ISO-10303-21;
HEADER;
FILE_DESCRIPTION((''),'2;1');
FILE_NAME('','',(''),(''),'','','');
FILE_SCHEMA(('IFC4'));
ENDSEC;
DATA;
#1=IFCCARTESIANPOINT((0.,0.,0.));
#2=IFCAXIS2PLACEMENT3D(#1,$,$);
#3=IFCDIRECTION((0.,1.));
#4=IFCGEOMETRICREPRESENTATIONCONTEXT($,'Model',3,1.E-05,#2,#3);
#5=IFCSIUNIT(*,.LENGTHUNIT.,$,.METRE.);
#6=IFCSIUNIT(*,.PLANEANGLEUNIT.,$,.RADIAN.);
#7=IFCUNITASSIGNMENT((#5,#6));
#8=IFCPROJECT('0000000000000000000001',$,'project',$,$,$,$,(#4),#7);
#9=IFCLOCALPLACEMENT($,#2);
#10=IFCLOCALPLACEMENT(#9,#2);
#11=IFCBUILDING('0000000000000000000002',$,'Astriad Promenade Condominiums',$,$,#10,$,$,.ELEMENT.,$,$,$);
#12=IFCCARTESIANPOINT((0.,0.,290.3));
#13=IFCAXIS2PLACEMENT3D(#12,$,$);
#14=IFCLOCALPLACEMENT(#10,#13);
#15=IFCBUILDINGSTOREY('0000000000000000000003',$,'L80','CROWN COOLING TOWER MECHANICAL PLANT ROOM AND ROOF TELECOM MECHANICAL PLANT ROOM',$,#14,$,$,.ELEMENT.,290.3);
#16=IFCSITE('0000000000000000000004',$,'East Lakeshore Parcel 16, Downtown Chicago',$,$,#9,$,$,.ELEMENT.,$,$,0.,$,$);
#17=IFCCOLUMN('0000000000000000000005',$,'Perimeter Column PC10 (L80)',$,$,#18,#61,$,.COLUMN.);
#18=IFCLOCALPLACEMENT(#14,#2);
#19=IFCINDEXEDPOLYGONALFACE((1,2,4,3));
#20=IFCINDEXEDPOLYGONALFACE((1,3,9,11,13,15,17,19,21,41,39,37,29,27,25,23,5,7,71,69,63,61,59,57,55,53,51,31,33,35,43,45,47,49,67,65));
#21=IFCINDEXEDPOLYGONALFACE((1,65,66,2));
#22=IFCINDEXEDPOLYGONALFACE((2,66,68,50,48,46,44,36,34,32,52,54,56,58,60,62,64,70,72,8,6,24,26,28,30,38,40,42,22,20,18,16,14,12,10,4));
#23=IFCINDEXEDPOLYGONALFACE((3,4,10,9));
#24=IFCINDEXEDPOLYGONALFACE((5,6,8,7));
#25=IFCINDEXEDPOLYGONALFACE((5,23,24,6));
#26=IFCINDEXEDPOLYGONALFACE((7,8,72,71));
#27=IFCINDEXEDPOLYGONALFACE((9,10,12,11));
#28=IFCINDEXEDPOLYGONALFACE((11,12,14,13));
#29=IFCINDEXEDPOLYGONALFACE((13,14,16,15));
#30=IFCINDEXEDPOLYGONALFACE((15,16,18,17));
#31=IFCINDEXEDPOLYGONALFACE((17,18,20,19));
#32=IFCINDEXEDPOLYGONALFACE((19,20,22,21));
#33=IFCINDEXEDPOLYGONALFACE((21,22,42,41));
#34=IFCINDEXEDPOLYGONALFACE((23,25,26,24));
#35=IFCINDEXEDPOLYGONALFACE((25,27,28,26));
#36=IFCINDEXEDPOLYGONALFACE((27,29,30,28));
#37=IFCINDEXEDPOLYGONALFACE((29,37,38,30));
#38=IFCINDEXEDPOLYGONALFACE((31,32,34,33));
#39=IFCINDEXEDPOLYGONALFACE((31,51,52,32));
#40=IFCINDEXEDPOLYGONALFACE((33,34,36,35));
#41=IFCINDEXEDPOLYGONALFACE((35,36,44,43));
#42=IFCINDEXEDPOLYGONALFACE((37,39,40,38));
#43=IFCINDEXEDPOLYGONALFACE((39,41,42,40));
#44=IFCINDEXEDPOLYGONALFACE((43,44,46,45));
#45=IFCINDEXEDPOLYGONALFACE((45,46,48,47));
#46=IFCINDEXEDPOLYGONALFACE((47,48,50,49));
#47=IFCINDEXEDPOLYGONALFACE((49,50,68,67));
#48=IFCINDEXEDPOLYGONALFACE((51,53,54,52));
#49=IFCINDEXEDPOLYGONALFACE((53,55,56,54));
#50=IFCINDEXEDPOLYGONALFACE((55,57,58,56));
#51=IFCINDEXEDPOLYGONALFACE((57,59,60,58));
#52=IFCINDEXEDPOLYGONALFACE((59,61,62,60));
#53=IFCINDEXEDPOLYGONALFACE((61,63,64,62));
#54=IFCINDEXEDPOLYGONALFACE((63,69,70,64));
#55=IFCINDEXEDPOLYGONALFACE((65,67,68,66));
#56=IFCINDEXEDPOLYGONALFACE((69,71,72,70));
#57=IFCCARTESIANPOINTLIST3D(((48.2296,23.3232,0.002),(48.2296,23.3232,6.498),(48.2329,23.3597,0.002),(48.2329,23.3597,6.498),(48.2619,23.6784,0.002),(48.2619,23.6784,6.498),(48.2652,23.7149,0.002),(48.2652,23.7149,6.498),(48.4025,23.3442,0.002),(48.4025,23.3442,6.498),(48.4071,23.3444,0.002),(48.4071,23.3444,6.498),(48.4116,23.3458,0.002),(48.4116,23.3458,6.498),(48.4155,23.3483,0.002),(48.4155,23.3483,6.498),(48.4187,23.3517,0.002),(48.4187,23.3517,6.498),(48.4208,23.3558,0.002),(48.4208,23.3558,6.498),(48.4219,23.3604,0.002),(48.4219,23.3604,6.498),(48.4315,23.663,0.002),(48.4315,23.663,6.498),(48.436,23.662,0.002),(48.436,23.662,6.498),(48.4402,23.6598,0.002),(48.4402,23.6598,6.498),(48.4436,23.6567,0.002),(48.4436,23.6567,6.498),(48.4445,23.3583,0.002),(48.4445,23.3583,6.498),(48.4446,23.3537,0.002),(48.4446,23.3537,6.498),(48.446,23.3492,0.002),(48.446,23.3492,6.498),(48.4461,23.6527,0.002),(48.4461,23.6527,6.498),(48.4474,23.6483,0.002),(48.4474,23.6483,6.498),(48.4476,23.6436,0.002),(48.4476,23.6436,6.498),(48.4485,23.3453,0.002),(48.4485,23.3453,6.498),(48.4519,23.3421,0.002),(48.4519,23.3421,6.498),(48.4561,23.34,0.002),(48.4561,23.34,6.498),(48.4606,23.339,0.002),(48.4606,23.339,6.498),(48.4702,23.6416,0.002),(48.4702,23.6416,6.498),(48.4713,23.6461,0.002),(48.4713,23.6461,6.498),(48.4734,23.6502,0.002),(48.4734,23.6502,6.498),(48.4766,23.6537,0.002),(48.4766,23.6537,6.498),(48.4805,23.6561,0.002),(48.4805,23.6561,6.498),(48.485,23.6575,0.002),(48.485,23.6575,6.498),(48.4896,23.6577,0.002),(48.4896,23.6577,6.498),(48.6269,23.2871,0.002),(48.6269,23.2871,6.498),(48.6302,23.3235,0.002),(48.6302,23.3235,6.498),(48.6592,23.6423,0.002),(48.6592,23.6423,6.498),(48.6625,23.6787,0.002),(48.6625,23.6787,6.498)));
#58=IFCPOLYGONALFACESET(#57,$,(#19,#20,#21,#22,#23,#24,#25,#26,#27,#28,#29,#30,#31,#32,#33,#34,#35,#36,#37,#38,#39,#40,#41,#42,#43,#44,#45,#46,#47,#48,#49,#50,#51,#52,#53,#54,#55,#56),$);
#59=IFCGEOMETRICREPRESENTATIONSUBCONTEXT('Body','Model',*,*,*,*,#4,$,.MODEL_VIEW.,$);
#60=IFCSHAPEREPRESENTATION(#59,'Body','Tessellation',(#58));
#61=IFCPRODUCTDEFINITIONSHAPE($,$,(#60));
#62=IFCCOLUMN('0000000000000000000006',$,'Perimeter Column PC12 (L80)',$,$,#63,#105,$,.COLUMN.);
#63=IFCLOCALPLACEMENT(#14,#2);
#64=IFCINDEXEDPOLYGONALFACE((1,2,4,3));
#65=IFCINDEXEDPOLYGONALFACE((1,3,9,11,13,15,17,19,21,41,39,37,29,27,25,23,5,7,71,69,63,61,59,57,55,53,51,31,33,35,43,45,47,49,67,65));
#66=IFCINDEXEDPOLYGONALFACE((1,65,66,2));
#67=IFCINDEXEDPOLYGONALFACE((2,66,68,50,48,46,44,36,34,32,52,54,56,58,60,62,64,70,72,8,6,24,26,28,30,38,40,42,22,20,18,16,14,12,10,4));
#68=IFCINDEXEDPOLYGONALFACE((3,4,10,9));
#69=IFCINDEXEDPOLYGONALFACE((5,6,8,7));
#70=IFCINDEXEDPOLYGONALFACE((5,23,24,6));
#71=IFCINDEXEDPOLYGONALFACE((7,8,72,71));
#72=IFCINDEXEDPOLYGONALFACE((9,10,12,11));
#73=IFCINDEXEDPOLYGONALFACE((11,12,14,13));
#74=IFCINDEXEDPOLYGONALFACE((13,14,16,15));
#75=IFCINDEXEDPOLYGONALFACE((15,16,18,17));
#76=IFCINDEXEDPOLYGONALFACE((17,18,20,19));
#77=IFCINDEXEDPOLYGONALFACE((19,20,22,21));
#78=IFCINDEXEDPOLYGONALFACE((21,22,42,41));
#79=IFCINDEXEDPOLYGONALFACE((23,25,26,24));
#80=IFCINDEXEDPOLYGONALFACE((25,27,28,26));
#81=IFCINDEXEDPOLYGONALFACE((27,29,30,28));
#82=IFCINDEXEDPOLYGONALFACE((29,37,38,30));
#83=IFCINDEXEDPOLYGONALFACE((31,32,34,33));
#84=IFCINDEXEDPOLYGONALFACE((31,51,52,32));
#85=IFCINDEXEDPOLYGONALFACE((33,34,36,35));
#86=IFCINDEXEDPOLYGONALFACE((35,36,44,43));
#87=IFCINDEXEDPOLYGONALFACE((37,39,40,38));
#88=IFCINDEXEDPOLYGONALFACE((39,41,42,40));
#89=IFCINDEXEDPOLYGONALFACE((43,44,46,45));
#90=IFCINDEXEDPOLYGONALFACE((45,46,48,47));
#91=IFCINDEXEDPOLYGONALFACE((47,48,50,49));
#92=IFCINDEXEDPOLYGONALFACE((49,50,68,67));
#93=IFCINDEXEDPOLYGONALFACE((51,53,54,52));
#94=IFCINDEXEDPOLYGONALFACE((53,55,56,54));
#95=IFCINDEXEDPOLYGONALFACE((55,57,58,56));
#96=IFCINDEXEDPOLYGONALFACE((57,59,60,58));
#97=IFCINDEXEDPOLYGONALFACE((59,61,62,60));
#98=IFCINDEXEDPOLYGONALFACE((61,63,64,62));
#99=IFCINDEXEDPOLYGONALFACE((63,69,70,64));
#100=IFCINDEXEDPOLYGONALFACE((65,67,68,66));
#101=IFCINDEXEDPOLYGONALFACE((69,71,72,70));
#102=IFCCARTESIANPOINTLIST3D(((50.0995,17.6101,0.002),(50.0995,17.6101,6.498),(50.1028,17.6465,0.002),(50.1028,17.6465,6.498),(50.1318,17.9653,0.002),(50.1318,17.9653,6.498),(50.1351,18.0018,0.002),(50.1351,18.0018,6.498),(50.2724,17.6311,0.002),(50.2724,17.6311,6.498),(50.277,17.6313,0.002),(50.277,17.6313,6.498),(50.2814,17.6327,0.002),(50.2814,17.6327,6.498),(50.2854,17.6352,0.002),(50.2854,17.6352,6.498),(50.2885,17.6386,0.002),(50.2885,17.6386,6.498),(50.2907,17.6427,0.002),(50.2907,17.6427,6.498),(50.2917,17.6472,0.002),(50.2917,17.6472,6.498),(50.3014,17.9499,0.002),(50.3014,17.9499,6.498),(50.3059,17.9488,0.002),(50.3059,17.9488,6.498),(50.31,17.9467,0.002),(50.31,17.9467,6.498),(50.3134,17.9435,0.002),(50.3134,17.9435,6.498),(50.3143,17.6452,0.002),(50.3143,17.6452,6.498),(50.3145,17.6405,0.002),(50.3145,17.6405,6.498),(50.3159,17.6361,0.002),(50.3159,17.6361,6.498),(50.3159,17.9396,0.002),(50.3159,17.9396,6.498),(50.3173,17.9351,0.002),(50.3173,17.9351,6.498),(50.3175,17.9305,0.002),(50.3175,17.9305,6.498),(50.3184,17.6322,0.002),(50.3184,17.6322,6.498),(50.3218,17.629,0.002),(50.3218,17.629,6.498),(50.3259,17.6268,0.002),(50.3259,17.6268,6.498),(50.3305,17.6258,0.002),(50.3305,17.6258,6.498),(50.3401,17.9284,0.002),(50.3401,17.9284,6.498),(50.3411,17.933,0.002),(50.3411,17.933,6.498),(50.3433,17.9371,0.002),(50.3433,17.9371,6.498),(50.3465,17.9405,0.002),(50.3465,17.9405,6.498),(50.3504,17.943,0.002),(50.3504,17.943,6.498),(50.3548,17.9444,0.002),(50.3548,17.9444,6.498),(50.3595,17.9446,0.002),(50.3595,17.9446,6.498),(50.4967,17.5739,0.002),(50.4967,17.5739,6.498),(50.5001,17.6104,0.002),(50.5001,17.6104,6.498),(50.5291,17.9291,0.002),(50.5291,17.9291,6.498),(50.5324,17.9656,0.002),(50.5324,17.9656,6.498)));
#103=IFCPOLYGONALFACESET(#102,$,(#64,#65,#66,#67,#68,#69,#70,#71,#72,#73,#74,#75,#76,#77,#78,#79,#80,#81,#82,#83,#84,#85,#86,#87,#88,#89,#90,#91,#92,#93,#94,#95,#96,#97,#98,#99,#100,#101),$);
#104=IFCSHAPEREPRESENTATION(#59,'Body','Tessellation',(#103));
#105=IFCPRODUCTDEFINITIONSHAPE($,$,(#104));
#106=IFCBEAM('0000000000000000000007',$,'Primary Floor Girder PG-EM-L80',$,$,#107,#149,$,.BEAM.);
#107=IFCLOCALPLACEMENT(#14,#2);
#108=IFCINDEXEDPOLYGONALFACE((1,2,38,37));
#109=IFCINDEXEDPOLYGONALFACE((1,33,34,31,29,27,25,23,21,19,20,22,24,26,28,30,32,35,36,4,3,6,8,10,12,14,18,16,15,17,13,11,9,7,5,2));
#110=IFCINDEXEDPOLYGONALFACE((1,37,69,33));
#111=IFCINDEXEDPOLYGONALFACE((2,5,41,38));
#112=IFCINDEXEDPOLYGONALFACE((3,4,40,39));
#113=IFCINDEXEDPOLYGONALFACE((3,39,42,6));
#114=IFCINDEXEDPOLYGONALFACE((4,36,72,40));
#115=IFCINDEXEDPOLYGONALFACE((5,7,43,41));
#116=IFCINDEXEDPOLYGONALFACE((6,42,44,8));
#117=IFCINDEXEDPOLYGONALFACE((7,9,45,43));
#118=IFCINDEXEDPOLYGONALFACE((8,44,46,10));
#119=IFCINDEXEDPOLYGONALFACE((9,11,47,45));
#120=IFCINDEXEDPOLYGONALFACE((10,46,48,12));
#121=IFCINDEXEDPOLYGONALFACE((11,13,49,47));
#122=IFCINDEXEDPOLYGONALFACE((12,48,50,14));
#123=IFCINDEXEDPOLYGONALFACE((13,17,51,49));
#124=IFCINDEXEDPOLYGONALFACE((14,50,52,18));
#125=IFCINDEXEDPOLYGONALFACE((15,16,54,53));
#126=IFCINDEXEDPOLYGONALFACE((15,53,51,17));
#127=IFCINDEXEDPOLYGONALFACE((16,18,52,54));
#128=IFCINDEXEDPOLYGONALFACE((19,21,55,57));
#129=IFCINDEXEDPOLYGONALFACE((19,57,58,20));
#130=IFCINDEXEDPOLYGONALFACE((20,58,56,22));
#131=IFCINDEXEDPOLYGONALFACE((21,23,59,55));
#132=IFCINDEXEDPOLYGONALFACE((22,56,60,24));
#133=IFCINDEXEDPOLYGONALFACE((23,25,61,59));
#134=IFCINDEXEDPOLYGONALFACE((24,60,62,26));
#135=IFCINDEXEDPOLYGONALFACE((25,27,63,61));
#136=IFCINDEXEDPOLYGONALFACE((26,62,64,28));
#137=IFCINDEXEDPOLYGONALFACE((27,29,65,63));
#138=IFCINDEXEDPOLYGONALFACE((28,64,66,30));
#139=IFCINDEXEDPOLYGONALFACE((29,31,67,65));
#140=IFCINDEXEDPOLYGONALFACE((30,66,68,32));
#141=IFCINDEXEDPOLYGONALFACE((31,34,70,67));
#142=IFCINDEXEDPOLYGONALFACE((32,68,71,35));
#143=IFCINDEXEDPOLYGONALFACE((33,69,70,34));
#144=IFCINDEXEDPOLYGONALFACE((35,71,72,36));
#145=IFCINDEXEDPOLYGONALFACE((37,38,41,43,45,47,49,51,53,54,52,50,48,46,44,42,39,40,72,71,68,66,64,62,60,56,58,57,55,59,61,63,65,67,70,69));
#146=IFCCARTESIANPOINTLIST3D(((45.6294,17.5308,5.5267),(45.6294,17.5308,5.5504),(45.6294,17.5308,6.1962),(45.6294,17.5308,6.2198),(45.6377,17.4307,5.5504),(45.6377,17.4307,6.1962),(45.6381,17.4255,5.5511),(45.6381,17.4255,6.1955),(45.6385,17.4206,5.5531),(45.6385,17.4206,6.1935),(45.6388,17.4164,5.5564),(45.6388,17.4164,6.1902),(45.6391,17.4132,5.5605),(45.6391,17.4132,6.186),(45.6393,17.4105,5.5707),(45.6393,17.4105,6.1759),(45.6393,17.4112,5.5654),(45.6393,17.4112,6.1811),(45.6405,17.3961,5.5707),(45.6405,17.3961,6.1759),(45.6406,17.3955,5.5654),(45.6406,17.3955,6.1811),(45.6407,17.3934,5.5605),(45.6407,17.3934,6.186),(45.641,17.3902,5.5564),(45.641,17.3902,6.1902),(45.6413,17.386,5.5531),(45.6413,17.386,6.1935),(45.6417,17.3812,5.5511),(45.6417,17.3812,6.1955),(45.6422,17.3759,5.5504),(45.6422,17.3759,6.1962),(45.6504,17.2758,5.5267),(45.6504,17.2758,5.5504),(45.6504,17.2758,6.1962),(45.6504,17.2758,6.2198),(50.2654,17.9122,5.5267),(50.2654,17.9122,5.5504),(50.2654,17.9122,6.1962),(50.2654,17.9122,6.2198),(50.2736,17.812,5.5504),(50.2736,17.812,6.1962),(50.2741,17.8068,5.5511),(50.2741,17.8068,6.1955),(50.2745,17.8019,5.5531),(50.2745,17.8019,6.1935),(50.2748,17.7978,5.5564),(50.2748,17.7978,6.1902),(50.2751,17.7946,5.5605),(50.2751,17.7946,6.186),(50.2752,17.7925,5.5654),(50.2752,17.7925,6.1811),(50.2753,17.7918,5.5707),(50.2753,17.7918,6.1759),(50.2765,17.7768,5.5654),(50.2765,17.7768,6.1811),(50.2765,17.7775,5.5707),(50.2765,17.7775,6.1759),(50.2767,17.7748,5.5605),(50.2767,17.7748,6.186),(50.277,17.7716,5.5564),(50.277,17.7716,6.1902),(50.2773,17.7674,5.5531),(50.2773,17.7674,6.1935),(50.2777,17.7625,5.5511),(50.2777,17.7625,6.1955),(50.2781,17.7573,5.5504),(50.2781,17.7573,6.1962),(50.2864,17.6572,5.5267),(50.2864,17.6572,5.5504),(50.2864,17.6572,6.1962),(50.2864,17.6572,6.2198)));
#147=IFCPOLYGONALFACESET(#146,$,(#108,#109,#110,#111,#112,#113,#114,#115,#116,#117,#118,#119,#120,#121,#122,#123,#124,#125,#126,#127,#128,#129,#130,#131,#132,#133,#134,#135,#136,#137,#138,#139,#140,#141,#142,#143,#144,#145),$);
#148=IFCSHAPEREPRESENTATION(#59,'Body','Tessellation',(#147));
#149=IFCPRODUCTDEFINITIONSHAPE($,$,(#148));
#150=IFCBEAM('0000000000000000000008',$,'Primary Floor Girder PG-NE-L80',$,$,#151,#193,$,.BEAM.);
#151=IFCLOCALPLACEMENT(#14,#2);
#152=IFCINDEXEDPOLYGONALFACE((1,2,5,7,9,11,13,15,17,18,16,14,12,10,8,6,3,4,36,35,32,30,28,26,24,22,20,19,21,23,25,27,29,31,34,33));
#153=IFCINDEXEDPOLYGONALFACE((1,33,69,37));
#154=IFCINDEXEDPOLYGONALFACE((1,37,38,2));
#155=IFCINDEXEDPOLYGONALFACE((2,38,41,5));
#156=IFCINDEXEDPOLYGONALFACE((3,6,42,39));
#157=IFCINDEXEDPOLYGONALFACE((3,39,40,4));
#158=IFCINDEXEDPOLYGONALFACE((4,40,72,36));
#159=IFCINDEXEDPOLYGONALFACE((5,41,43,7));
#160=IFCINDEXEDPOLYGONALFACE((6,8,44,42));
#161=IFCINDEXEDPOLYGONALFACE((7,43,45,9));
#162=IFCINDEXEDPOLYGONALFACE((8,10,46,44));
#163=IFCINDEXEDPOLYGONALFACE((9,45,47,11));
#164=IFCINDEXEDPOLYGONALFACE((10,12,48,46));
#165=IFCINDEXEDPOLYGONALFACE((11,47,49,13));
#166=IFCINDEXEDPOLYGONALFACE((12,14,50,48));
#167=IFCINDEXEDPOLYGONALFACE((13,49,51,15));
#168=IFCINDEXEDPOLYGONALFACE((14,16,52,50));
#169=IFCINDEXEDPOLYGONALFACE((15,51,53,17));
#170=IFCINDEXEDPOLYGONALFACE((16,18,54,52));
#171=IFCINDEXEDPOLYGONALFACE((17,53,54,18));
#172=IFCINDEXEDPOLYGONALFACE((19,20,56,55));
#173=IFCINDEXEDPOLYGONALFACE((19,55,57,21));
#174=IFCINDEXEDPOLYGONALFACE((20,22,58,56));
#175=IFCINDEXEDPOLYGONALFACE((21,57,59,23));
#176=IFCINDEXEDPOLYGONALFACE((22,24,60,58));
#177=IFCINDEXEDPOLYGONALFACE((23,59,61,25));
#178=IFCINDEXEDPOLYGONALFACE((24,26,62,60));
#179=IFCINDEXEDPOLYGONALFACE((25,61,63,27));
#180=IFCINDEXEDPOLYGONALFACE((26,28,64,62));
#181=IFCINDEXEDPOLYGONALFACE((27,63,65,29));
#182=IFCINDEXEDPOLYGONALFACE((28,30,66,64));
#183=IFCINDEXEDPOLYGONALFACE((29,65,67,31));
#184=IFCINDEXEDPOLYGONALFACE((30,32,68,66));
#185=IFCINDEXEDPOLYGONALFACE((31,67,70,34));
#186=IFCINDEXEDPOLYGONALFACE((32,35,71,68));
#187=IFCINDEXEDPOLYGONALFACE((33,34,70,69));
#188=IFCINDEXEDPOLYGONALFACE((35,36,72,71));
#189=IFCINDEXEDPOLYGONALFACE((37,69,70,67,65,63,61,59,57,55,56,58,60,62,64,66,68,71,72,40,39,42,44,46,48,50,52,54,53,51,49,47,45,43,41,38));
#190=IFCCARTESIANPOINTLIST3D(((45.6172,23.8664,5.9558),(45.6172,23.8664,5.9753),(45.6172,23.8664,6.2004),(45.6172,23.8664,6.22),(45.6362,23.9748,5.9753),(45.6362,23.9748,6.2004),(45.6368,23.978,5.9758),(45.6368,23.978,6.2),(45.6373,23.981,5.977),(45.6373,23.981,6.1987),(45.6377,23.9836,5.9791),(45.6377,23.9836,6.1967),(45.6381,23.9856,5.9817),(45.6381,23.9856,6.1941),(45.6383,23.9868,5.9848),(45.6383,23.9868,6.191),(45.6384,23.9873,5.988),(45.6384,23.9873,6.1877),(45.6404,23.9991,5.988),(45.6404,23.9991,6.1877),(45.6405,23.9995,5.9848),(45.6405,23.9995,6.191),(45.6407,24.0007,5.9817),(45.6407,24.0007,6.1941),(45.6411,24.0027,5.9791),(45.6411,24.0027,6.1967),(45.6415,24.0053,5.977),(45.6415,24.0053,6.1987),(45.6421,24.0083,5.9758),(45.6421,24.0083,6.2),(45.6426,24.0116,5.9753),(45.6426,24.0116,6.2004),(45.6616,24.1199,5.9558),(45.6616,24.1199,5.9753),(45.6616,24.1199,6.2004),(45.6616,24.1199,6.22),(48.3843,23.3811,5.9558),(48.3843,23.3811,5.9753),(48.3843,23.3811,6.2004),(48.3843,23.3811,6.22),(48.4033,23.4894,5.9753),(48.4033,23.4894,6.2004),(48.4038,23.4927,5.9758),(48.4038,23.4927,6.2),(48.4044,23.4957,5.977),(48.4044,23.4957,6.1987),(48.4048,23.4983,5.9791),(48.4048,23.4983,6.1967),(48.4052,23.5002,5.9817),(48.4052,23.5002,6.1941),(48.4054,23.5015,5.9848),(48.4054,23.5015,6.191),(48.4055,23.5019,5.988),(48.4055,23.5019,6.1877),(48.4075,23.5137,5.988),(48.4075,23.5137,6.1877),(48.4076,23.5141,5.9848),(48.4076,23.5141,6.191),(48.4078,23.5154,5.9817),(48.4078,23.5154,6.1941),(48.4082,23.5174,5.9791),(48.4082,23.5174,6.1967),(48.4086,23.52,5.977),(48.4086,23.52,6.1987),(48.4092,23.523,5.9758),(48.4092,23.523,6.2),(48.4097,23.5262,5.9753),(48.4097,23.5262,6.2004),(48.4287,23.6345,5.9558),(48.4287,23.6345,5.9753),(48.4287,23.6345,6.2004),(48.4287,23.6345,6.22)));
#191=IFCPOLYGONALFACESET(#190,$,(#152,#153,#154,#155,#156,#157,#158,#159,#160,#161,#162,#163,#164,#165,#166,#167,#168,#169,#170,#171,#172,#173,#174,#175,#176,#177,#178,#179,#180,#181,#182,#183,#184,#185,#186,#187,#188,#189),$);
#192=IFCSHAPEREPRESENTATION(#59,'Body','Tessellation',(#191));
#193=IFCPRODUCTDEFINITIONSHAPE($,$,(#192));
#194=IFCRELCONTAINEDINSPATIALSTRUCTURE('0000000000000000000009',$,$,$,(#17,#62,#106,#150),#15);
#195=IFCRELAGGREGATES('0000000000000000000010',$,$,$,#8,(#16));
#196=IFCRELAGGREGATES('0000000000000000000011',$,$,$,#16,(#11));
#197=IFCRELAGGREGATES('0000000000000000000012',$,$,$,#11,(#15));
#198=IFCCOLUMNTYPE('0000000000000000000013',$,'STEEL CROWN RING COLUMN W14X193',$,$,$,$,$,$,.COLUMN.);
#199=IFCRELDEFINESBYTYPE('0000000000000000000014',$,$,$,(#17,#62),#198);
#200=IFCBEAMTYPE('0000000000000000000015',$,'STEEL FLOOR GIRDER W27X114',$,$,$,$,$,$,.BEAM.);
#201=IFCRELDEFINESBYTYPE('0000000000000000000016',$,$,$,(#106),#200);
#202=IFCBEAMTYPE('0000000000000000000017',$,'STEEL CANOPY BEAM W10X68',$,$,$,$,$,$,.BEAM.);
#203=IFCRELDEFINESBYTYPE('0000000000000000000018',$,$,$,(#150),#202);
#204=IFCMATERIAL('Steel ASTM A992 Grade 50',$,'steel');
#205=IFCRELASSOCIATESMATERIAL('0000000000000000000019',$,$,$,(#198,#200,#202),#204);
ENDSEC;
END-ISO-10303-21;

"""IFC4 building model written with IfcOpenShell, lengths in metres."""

from ifc_helpers import new_model, si_unit, direction, frame, origin, origin_2d, place, context, subcontext, project, spatial, i_section, extrude, source, transform, mapped, material, material_profile, profile_set, type_object, type_shapes, element, save


model = new_model("IFC4")

# Units and contexts
model_context = context("Model", 3, precision=1e-05, world=origin(), true_north=direction((0.0, 1.0)))
body_context = subcontext(model_context, "Body", "Model", "MODEL_VIEW")
ifc_project = project(units=[si_unit("LENGTHUNIT", "METRE"), si_unit("PLANEANGLEUNIT", "RADIAN")], contexts=[model_context])

# Site, building, storey
site_placement = place(None, origin())
site = spatial("IfcSite", under=ifc_project, at=site_placement, Name="East Lakeshore Parcel 16, Downtown Chicago", CompositionType="ELEMENT", RefElevation=0.0)
building_placement = place(site_placement, origin())
building = spatial("IfcBuilding", under=site, at=building_placement, Name="Astriad Promenade Condominiums", CompositionType="ELEMENT")
storey_placement = place(building_placement, frame((0.0, 0.0, 290.3)))
storey = spatial("IfcBuildingStorey", under=building, at=storey_placement, Name="L80", Description="CROWN COOLING TOWER MECHANICAL PLANT ROOM AND ROOF TELECOM MECHANICAL PLANT ROOM", CompositionType="ELEMENT", Elevation=290.3)

# Columns
ifc_material_1 = material(Name="Steel ASTM A992 Grade 50", Category="steel")
ifc_material_profile_1 = material_profile(ifc_material_1, i_section(OverallWidth=0.3989, OverallDepth=0.3933, WebThickness=0.0227, FlangeThickness=0.0366, FilletRadius=0.0178, at=origin_2d()), Name="W14X193")
ifc_profile_set_1 = profile_set([ifc_material_profile_1], Name="Steel ASTM A992 Grade 50")
column_type = type_object("IfcColumnType", Name="STEEL CROWN RING COLUMN W14X193", PredefinedType="COLUMN", material=ifc_profile_set_1)
shared_shape_1 = source(origin(), body_context, "Body", "SweptSolid", [
    extrude(i_section(OverallWidth=0.3989, OverallDepth=0.3933, WebThickness=0.0227, FlangeThickness=0.0366, FilletRadius=0.0178, at=origin_2d()), origin(), (0.0, 0.0, 1.0), 6.4961),
])
type_shapes(column_type, [shared_shape_1])
for number, where, z_axis, x_axis, name in (
    (1, (48.446, 23.501, 0.002), (0.0, 0.0, 1.0), (0.995884, -0.090633, 0.0), "Perimeter Column PC10 (L80)"),
    (2, (50.3159, 17.7878, 0.002), (0.0, 0.0, 1.0), (0.995884, -0.090633, 0.0), "Perimeter Column PC12 (L80)"),
):
    element("IfcColumn", number, at=place(storey_placement, frame(where, z_axis=z_axis, x_axis=x_axis)), inside=storey, type_object=column_type, Name=name, PredefinedType="COLUMN", context=body_context, shape_type="MappedRepresentation", body=[
        mapped(shared_shape_1, transform((0.0, 0.0, 0.0), scale=1.0)),
    ])

# Beams
ifc_material_profile_2 = material_profile(ifc_material_1, i_section(OverallWidth=0.2559, OverallDepth=0.6931, WebThickness=0.0144, FlangeThickness=0.0237, FilletRadius=0.0203, at=origin_2d()), Name="W27X114")
ifc_profile_set_2 = profile_set([ifc_material_profile_2], Name="Steel ASTM A992 Grade 50")
beam_type_1 = type_object("IfcBeamType", Name="STEEL FLOOR GIRDER W27X114", PredefinedType="BEAM", material=ifc_profile_set_2)
shared_shape_2 = source(origin(), body_context, "Body", "SweptSolid", [
    extrude(i_section(OverallWidth=0.2559, OverallDepth=0.6931, WebThickness=0.0144, FlangeThickness=0.0237, FilletRadius=0.0203, at=origin_2d()), origin(), (0.0, 0.0, 1.0), 4.6516),
])
type_shapes(beam_type_1, [shared_shape_2])
beam_1_placement = place(storey_placement, frame((50.2759, 17.7847, 5.8733), z_axis=(-0.996634, -0.081981, 0.0), x_axis=(0.081981, -0.996634, 0.0)))
element("IfcBeam", 3, at=beam_1_placement, inside=storey, type_object=beam_type_1, Name="Primary Floor Girder PG-EM-L80", PredefinedType="BEAM", context=body_context, shape_type="MappedRepresentation", body=[
    mapped(shared_shape_2, transform((0.0, 0.0, 0.0), scale=1.0)),
])
ifc_material_profile_3 = material_profile(ifc_material_1, i_section(OverallWidth=0.2573, OverallDepth=0.2642, WebThickness=0.012, FlangeThickness=0.0195, FilletRadius=0.0127, at=origin_2d()), Name="W10X68")
ifc_profile_set_3 = profile_set([ifc_material_profile_3], Name="Steel ASTM A992 Grade 50")
beam_type_2 = type_object("IfcBeamType", Name="STEEL CANOPY BEAM W10X68", PredefinedType="BEAM", material=ifc_profile_set_3)
shared_shape_3 = source(origin(), body_context, "Body", "SweptSolid", [
    extrude(i_section(OverallWidth=0.2573, OverallDepth=0.2642, WebThickness=0.012, FlangeThickness=0.0195, FilletRadius=0.0127, at=origin_2d()), origin(), (0.0, 0.0, 1.0), 2.8093),
])
type_shapes(beam_type_2, [shared_shape_3])
beam_2_placement = place(storey_placement, frame((48.4065, 23.5078, 6.0879), z_axis=(-0.984963, 0.172764, 0.0), x_axis=(-0.172764, -0.984963, 0.0)))
element("IfcBeam", 4, at=beam_2_placement, inside=storey, type_object=beam_type_2, Name="Primary Floor Girder PG-NE-L80", PredefinedType="BEAM", context=body_context, shape_type="MappedRepresentation", body=[
    mapped(shared_shape_3, transform((0.0, 0.0, 0.0), scale=1.0)),
])

save(model, "model.ifc")
